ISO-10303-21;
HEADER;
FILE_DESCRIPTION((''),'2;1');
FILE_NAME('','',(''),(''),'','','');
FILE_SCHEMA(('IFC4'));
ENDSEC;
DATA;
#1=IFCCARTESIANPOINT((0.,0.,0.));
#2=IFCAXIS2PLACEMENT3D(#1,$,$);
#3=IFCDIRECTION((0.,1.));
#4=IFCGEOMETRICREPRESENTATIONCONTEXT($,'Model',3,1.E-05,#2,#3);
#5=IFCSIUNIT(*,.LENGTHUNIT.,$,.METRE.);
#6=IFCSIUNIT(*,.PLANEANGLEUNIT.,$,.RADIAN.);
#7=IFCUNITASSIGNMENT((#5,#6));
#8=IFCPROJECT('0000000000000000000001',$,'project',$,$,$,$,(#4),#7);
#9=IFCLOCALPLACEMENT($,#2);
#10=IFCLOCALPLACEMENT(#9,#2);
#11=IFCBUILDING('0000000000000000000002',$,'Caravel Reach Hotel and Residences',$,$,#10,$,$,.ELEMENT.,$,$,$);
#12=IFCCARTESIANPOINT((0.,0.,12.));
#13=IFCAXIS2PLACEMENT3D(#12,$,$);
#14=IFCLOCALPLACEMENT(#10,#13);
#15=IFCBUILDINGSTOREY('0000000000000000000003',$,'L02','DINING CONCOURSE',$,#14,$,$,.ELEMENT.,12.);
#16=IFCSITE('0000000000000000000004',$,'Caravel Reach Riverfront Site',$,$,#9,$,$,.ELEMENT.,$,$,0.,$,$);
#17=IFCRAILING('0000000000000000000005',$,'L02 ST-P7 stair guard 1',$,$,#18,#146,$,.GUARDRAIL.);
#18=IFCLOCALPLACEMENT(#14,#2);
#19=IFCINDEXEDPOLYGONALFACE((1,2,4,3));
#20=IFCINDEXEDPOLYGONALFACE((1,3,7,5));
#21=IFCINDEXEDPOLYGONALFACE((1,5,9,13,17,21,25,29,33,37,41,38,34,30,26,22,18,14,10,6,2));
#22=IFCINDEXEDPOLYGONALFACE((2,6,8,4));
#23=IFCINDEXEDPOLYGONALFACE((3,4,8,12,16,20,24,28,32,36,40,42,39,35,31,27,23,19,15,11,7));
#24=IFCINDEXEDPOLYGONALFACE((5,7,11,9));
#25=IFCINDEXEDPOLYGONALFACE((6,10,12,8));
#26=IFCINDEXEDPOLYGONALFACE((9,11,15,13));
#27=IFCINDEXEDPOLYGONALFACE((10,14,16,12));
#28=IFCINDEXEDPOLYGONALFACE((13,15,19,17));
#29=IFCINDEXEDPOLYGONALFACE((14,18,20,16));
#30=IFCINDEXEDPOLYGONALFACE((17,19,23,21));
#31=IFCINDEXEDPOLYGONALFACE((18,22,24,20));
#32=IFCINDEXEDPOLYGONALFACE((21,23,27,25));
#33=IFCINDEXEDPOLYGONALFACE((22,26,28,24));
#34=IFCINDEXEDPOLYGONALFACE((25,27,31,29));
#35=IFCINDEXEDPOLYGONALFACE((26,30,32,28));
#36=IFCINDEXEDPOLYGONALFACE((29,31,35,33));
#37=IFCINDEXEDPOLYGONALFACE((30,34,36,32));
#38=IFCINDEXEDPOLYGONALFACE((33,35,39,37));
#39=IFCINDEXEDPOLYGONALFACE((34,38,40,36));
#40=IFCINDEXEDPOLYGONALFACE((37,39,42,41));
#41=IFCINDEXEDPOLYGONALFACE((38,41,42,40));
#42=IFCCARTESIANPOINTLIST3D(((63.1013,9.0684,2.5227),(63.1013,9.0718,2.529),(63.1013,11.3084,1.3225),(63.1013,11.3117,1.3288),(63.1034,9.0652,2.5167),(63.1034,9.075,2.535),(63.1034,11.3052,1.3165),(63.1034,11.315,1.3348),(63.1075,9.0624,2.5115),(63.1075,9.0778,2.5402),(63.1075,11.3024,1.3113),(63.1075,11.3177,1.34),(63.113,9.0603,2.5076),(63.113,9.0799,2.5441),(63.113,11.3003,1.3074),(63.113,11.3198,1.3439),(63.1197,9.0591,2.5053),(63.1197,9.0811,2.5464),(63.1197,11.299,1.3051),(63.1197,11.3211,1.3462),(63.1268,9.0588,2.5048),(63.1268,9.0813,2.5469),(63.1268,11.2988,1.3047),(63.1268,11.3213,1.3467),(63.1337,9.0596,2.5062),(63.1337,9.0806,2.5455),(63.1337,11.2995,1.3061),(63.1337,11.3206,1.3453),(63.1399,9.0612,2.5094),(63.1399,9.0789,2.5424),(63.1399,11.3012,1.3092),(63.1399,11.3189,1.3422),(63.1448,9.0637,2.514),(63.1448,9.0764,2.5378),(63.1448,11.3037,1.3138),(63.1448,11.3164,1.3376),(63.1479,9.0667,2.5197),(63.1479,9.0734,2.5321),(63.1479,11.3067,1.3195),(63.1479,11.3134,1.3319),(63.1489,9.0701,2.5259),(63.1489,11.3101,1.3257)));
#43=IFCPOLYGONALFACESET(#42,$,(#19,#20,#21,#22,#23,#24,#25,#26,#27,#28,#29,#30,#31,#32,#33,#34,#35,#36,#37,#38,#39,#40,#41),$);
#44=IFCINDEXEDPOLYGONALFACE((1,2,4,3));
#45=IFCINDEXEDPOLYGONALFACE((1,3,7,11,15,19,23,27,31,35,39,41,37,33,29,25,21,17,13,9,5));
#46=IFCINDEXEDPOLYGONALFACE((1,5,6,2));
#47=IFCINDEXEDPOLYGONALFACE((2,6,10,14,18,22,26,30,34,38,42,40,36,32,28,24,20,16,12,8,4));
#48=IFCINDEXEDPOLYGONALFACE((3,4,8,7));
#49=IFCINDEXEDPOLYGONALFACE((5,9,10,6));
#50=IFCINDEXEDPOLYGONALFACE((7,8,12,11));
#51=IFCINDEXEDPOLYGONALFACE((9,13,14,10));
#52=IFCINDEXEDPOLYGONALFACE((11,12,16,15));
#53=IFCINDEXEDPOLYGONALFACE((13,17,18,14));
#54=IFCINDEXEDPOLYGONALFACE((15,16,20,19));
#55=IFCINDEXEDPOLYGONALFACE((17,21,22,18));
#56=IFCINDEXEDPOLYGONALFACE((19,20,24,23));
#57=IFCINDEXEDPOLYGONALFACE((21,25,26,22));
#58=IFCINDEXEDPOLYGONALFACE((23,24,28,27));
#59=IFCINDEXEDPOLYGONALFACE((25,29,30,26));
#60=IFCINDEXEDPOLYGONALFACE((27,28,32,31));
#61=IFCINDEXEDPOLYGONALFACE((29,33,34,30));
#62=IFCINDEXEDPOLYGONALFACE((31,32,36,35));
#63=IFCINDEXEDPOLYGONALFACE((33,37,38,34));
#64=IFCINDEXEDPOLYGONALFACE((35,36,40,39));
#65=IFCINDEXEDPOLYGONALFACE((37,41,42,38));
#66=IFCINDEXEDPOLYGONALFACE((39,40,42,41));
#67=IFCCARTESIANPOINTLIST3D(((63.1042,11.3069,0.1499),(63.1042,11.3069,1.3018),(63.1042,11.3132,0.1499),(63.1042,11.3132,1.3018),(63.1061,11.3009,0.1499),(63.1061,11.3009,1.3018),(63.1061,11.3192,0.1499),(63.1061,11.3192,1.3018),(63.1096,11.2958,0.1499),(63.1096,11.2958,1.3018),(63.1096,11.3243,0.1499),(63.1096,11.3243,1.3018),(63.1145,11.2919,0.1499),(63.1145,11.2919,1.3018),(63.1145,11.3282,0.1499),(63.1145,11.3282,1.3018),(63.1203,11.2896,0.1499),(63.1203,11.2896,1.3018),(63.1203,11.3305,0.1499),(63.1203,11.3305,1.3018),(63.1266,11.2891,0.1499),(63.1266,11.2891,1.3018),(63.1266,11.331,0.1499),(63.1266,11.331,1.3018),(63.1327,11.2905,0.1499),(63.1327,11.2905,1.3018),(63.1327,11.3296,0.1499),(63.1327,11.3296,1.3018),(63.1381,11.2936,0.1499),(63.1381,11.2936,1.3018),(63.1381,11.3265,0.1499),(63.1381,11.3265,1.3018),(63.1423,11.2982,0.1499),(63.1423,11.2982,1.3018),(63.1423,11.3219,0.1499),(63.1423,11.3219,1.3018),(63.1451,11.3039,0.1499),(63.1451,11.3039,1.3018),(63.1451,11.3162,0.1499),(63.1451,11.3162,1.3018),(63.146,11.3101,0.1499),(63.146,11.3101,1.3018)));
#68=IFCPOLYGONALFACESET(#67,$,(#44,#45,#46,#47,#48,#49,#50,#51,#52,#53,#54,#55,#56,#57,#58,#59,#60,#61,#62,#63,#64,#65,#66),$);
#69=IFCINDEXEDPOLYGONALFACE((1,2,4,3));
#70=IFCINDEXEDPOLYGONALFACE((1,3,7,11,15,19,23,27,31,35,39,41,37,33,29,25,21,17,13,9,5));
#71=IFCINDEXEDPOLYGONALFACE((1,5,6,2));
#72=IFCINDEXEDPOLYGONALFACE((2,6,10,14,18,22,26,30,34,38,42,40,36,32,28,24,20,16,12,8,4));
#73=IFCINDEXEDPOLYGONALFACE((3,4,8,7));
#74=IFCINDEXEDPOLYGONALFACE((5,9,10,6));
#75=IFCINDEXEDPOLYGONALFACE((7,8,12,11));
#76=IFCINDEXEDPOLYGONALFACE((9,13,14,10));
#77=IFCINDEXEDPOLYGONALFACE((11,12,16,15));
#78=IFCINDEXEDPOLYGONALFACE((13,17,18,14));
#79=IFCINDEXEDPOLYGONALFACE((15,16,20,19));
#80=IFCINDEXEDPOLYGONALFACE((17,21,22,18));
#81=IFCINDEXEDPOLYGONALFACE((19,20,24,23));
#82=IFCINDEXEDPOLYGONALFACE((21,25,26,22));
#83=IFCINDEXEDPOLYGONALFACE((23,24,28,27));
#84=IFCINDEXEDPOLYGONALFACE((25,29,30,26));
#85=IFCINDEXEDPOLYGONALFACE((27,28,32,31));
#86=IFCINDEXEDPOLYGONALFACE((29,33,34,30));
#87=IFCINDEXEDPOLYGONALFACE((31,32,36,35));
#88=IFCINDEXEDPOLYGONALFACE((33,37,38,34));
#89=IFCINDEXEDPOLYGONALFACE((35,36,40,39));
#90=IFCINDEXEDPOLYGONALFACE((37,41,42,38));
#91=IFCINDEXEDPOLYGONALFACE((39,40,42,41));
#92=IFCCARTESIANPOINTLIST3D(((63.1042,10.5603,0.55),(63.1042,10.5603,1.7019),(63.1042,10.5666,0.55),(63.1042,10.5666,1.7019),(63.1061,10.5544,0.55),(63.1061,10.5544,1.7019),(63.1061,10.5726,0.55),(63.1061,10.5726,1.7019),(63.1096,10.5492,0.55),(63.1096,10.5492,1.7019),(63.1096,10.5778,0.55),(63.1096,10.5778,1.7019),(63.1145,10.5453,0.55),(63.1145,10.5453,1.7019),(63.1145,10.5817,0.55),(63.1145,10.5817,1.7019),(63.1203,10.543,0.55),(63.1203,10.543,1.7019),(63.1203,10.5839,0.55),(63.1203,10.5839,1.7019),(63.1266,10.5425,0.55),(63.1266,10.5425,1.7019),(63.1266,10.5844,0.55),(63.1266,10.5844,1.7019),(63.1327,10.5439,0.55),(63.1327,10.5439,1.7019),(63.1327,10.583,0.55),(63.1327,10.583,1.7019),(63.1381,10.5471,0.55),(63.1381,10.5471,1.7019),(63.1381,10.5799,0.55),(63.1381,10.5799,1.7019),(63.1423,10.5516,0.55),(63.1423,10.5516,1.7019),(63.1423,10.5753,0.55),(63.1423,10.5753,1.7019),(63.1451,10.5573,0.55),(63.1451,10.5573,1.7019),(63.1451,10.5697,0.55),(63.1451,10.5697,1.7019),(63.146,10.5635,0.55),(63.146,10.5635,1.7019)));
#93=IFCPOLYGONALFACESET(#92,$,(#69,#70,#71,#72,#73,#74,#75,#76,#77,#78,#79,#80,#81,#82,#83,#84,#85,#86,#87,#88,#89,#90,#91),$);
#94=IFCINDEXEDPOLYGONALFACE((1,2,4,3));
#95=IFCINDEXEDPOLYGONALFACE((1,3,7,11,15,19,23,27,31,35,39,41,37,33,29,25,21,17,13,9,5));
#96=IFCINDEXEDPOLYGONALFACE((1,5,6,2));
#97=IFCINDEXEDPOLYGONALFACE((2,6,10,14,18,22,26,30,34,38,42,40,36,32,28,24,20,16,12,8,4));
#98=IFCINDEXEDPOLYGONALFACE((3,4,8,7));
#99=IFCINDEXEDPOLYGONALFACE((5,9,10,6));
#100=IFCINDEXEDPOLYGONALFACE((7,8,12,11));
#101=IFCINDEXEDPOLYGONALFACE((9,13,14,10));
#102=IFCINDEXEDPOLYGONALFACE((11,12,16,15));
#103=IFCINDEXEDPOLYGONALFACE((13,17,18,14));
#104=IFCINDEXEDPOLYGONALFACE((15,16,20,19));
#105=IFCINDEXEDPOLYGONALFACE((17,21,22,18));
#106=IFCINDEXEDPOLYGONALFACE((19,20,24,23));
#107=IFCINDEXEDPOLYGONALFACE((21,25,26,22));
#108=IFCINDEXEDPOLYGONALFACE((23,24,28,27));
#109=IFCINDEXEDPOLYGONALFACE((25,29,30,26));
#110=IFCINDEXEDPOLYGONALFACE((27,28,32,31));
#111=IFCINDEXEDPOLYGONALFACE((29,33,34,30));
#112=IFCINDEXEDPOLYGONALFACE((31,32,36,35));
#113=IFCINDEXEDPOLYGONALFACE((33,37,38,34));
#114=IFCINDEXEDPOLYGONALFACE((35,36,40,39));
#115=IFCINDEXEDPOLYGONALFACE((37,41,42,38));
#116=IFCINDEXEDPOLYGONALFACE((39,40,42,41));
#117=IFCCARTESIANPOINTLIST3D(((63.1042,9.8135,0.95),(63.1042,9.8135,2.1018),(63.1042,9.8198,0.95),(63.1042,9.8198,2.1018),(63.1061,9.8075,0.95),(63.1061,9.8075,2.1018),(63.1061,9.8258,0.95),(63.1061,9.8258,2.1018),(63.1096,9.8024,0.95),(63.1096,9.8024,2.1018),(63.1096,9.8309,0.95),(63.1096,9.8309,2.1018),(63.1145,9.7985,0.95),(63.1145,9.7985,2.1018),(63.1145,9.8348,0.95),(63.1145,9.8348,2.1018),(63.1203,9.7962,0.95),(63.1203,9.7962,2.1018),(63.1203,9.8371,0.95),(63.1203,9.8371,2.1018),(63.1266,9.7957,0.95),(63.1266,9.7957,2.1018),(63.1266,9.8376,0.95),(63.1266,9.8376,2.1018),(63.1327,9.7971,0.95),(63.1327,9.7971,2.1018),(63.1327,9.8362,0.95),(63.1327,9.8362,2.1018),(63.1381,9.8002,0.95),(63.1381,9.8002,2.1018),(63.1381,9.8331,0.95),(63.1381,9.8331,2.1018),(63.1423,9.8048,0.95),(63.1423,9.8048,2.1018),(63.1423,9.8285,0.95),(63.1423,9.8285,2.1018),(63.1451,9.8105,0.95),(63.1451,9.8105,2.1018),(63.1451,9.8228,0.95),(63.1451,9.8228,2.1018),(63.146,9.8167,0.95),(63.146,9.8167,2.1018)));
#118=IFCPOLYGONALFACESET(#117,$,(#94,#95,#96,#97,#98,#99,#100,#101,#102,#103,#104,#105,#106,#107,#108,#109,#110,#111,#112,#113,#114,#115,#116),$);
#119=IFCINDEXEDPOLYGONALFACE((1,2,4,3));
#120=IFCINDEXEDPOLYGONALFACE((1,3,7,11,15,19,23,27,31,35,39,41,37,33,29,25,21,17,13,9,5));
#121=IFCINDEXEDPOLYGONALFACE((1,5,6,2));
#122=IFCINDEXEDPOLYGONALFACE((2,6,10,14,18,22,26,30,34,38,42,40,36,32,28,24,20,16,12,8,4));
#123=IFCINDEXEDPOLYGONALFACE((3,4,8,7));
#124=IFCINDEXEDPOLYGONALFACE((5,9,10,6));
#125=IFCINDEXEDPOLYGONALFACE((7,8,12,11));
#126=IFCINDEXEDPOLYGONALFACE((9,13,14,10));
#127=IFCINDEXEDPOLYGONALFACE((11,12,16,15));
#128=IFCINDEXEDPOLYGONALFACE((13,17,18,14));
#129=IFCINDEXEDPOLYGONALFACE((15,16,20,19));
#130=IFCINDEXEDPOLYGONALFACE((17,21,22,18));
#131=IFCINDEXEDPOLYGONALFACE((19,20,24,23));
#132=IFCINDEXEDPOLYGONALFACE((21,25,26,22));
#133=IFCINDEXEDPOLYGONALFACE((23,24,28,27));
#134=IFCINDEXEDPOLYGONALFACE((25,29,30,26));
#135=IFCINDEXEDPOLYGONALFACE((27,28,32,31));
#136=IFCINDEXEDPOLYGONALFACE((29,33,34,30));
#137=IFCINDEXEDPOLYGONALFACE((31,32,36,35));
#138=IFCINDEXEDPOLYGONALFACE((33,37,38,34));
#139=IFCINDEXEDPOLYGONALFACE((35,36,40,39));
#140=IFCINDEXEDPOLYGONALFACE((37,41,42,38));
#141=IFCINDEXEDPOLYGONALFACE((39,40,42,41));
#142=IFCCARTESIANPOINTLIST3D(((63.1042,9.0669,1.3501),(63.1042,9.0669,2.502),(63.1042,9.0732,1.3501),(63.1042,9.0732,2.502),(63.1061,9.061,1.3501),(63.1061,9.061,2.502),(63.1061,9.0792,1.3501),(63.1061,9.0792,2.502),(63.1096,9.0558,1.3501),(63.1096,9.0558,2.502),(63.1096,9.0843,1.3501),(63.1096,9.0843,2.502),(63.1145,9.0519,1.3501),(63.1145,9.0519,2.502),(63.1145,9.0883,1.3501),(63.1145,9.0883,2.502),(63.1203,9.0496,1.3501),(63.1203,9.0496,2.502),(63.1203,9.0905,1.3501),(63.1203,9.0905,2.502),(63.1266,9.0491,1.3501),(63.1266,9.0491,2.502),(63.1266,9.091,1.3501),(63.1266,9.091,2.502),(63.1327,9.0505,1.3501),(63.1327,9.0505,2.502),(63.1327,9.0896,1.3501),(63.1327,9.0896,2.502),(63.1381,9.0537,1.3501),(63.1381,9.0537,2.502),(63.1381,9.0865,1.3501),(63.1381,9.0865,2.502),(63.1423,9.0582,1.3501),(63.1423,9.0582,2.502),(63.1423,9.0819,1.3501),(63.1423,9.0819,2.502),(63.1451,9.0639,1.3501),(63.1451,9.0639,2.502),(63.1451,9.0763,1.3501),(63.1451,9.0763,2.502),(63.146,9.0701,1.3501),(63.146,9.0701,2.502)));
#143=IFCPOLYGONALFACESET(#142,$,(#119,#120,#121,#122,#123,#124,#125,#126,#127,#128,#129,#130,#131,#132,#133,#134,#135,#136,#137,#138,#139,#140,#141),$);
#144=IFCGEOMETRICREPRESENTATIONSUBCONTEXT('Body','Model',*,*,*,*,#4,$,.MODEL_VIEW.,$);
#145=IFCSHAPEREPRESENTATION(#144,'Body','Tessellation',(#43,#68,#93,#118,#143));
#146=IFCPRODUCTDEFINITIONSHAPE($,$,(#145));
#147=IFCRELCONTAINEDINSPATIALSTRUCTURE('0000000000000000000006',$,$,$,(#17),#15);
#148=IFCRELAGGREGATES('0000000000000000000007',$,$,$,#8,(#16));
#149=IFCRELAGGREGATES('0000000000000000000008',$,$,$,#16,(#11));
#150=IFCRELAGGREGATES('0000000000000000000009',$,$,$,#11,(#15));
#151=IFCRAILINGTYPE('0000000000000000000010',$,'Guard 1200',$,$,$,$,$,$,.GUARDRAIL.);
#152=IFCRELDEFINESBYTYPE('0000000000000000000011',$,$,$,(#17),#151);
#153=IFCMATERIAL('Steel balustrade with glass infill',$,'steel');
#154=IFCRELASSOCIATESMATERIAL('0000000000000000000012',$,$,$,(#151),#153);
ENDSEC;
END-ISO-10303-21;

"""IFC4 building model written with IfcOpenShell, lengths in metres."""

from ifc_helpers import new_model, si_unit, direction, frame, origin, origin_2d, place, context, subcontext, project, spatial, circle, extrude, material, type_object, element, save


model = new_model("IFC4")

# Units and contexts
model_context = context("Model", 3, precision=1e-05, world=origin(), true_north=direction((0.0, 1.0)))
body_context = subcontext(model_context, "Body", "Model", "MODEL_VIEW")
ifc_project = project(units=[si_unit("LENGTHUNIT", "METRE"), si_unit("PLANEANGLEUNIT", "RADIAN")], contexts=[model_context])

# Site, building, storey
site_placement = place(None, origin())
site = spatial("IfcSite", under=ifc_project, at=site_placement, Name="Caravel Reach Riverfront Site", CompositionType="ELEMENT", RefElevation=0.0)
building_placement = place(site_placement, origin())
building = spatial("IfcBuilding", under=site, at=building_placement, Name="Caravel Reach Hotel and Residences", CompositionType="ELEMENT")
storey_placement = place(building_placement, frame((0.0, 0.0, 12.0)))
storey = spatial("IfcBuildingStorey", under=building, at=storey_placement, Name="L02", Description="DINING CONCOURSE", CompositionType="ELEMENT", Elevation=12.0)

# Railing
ifc_material_1 = material(Name="Steel balustrade with glass infill", Category="steel")
railing_type_1 = type_object("IfcRailingType", Name="Guard 1200", PredefinedType="GUARDRAIL", material=ifc_material_1)
railing_1_placement = place(storey_placement, frame((63.125, 11.3101, 0.1499)))
element("IfcRailing", 1, at=railing_1_placement, inside=storey, type_object=railing_type_1, Name="L02 ST-P7 stair guard 1", PredefinedType="GUARDRAIL", context=body_context, shape_type="SweptSolid", body=[
    extrude(circle(Radius=0.0239, at=origin_2d()), frame((0.0, 0.0, 1.1758), z_axis=(0.0, -0.881447, 0.472283), x_axis=(1.0, 0.0, 0.0)), (0.0, 0.0, 1.0), 2.5413),
    extrude(circle(Radius=0.021, at=origin_2d()), origin(), (0.0, 0.0, 1.0), 1.1519),
    extrude(circle(Radius=0.021, at=origin_2d()), frame((0.0, -0.7466, 0.4001)), (0.0, 0.0, 1.0), 1.1519),
    extrude(circle(Radius=0.021, at=origin_2d()), frame((0.0, -1.4934, 0.8)), (0.0, 0.0, 1.0), 1.1519),
    extrude(circle(Radius=0.021, at=origin_2d()), frame((0.0, -2.24, 1.2002)), (0.0, 0.0, 1.0), 1.1519),
])

save(model, "model.ifc")
